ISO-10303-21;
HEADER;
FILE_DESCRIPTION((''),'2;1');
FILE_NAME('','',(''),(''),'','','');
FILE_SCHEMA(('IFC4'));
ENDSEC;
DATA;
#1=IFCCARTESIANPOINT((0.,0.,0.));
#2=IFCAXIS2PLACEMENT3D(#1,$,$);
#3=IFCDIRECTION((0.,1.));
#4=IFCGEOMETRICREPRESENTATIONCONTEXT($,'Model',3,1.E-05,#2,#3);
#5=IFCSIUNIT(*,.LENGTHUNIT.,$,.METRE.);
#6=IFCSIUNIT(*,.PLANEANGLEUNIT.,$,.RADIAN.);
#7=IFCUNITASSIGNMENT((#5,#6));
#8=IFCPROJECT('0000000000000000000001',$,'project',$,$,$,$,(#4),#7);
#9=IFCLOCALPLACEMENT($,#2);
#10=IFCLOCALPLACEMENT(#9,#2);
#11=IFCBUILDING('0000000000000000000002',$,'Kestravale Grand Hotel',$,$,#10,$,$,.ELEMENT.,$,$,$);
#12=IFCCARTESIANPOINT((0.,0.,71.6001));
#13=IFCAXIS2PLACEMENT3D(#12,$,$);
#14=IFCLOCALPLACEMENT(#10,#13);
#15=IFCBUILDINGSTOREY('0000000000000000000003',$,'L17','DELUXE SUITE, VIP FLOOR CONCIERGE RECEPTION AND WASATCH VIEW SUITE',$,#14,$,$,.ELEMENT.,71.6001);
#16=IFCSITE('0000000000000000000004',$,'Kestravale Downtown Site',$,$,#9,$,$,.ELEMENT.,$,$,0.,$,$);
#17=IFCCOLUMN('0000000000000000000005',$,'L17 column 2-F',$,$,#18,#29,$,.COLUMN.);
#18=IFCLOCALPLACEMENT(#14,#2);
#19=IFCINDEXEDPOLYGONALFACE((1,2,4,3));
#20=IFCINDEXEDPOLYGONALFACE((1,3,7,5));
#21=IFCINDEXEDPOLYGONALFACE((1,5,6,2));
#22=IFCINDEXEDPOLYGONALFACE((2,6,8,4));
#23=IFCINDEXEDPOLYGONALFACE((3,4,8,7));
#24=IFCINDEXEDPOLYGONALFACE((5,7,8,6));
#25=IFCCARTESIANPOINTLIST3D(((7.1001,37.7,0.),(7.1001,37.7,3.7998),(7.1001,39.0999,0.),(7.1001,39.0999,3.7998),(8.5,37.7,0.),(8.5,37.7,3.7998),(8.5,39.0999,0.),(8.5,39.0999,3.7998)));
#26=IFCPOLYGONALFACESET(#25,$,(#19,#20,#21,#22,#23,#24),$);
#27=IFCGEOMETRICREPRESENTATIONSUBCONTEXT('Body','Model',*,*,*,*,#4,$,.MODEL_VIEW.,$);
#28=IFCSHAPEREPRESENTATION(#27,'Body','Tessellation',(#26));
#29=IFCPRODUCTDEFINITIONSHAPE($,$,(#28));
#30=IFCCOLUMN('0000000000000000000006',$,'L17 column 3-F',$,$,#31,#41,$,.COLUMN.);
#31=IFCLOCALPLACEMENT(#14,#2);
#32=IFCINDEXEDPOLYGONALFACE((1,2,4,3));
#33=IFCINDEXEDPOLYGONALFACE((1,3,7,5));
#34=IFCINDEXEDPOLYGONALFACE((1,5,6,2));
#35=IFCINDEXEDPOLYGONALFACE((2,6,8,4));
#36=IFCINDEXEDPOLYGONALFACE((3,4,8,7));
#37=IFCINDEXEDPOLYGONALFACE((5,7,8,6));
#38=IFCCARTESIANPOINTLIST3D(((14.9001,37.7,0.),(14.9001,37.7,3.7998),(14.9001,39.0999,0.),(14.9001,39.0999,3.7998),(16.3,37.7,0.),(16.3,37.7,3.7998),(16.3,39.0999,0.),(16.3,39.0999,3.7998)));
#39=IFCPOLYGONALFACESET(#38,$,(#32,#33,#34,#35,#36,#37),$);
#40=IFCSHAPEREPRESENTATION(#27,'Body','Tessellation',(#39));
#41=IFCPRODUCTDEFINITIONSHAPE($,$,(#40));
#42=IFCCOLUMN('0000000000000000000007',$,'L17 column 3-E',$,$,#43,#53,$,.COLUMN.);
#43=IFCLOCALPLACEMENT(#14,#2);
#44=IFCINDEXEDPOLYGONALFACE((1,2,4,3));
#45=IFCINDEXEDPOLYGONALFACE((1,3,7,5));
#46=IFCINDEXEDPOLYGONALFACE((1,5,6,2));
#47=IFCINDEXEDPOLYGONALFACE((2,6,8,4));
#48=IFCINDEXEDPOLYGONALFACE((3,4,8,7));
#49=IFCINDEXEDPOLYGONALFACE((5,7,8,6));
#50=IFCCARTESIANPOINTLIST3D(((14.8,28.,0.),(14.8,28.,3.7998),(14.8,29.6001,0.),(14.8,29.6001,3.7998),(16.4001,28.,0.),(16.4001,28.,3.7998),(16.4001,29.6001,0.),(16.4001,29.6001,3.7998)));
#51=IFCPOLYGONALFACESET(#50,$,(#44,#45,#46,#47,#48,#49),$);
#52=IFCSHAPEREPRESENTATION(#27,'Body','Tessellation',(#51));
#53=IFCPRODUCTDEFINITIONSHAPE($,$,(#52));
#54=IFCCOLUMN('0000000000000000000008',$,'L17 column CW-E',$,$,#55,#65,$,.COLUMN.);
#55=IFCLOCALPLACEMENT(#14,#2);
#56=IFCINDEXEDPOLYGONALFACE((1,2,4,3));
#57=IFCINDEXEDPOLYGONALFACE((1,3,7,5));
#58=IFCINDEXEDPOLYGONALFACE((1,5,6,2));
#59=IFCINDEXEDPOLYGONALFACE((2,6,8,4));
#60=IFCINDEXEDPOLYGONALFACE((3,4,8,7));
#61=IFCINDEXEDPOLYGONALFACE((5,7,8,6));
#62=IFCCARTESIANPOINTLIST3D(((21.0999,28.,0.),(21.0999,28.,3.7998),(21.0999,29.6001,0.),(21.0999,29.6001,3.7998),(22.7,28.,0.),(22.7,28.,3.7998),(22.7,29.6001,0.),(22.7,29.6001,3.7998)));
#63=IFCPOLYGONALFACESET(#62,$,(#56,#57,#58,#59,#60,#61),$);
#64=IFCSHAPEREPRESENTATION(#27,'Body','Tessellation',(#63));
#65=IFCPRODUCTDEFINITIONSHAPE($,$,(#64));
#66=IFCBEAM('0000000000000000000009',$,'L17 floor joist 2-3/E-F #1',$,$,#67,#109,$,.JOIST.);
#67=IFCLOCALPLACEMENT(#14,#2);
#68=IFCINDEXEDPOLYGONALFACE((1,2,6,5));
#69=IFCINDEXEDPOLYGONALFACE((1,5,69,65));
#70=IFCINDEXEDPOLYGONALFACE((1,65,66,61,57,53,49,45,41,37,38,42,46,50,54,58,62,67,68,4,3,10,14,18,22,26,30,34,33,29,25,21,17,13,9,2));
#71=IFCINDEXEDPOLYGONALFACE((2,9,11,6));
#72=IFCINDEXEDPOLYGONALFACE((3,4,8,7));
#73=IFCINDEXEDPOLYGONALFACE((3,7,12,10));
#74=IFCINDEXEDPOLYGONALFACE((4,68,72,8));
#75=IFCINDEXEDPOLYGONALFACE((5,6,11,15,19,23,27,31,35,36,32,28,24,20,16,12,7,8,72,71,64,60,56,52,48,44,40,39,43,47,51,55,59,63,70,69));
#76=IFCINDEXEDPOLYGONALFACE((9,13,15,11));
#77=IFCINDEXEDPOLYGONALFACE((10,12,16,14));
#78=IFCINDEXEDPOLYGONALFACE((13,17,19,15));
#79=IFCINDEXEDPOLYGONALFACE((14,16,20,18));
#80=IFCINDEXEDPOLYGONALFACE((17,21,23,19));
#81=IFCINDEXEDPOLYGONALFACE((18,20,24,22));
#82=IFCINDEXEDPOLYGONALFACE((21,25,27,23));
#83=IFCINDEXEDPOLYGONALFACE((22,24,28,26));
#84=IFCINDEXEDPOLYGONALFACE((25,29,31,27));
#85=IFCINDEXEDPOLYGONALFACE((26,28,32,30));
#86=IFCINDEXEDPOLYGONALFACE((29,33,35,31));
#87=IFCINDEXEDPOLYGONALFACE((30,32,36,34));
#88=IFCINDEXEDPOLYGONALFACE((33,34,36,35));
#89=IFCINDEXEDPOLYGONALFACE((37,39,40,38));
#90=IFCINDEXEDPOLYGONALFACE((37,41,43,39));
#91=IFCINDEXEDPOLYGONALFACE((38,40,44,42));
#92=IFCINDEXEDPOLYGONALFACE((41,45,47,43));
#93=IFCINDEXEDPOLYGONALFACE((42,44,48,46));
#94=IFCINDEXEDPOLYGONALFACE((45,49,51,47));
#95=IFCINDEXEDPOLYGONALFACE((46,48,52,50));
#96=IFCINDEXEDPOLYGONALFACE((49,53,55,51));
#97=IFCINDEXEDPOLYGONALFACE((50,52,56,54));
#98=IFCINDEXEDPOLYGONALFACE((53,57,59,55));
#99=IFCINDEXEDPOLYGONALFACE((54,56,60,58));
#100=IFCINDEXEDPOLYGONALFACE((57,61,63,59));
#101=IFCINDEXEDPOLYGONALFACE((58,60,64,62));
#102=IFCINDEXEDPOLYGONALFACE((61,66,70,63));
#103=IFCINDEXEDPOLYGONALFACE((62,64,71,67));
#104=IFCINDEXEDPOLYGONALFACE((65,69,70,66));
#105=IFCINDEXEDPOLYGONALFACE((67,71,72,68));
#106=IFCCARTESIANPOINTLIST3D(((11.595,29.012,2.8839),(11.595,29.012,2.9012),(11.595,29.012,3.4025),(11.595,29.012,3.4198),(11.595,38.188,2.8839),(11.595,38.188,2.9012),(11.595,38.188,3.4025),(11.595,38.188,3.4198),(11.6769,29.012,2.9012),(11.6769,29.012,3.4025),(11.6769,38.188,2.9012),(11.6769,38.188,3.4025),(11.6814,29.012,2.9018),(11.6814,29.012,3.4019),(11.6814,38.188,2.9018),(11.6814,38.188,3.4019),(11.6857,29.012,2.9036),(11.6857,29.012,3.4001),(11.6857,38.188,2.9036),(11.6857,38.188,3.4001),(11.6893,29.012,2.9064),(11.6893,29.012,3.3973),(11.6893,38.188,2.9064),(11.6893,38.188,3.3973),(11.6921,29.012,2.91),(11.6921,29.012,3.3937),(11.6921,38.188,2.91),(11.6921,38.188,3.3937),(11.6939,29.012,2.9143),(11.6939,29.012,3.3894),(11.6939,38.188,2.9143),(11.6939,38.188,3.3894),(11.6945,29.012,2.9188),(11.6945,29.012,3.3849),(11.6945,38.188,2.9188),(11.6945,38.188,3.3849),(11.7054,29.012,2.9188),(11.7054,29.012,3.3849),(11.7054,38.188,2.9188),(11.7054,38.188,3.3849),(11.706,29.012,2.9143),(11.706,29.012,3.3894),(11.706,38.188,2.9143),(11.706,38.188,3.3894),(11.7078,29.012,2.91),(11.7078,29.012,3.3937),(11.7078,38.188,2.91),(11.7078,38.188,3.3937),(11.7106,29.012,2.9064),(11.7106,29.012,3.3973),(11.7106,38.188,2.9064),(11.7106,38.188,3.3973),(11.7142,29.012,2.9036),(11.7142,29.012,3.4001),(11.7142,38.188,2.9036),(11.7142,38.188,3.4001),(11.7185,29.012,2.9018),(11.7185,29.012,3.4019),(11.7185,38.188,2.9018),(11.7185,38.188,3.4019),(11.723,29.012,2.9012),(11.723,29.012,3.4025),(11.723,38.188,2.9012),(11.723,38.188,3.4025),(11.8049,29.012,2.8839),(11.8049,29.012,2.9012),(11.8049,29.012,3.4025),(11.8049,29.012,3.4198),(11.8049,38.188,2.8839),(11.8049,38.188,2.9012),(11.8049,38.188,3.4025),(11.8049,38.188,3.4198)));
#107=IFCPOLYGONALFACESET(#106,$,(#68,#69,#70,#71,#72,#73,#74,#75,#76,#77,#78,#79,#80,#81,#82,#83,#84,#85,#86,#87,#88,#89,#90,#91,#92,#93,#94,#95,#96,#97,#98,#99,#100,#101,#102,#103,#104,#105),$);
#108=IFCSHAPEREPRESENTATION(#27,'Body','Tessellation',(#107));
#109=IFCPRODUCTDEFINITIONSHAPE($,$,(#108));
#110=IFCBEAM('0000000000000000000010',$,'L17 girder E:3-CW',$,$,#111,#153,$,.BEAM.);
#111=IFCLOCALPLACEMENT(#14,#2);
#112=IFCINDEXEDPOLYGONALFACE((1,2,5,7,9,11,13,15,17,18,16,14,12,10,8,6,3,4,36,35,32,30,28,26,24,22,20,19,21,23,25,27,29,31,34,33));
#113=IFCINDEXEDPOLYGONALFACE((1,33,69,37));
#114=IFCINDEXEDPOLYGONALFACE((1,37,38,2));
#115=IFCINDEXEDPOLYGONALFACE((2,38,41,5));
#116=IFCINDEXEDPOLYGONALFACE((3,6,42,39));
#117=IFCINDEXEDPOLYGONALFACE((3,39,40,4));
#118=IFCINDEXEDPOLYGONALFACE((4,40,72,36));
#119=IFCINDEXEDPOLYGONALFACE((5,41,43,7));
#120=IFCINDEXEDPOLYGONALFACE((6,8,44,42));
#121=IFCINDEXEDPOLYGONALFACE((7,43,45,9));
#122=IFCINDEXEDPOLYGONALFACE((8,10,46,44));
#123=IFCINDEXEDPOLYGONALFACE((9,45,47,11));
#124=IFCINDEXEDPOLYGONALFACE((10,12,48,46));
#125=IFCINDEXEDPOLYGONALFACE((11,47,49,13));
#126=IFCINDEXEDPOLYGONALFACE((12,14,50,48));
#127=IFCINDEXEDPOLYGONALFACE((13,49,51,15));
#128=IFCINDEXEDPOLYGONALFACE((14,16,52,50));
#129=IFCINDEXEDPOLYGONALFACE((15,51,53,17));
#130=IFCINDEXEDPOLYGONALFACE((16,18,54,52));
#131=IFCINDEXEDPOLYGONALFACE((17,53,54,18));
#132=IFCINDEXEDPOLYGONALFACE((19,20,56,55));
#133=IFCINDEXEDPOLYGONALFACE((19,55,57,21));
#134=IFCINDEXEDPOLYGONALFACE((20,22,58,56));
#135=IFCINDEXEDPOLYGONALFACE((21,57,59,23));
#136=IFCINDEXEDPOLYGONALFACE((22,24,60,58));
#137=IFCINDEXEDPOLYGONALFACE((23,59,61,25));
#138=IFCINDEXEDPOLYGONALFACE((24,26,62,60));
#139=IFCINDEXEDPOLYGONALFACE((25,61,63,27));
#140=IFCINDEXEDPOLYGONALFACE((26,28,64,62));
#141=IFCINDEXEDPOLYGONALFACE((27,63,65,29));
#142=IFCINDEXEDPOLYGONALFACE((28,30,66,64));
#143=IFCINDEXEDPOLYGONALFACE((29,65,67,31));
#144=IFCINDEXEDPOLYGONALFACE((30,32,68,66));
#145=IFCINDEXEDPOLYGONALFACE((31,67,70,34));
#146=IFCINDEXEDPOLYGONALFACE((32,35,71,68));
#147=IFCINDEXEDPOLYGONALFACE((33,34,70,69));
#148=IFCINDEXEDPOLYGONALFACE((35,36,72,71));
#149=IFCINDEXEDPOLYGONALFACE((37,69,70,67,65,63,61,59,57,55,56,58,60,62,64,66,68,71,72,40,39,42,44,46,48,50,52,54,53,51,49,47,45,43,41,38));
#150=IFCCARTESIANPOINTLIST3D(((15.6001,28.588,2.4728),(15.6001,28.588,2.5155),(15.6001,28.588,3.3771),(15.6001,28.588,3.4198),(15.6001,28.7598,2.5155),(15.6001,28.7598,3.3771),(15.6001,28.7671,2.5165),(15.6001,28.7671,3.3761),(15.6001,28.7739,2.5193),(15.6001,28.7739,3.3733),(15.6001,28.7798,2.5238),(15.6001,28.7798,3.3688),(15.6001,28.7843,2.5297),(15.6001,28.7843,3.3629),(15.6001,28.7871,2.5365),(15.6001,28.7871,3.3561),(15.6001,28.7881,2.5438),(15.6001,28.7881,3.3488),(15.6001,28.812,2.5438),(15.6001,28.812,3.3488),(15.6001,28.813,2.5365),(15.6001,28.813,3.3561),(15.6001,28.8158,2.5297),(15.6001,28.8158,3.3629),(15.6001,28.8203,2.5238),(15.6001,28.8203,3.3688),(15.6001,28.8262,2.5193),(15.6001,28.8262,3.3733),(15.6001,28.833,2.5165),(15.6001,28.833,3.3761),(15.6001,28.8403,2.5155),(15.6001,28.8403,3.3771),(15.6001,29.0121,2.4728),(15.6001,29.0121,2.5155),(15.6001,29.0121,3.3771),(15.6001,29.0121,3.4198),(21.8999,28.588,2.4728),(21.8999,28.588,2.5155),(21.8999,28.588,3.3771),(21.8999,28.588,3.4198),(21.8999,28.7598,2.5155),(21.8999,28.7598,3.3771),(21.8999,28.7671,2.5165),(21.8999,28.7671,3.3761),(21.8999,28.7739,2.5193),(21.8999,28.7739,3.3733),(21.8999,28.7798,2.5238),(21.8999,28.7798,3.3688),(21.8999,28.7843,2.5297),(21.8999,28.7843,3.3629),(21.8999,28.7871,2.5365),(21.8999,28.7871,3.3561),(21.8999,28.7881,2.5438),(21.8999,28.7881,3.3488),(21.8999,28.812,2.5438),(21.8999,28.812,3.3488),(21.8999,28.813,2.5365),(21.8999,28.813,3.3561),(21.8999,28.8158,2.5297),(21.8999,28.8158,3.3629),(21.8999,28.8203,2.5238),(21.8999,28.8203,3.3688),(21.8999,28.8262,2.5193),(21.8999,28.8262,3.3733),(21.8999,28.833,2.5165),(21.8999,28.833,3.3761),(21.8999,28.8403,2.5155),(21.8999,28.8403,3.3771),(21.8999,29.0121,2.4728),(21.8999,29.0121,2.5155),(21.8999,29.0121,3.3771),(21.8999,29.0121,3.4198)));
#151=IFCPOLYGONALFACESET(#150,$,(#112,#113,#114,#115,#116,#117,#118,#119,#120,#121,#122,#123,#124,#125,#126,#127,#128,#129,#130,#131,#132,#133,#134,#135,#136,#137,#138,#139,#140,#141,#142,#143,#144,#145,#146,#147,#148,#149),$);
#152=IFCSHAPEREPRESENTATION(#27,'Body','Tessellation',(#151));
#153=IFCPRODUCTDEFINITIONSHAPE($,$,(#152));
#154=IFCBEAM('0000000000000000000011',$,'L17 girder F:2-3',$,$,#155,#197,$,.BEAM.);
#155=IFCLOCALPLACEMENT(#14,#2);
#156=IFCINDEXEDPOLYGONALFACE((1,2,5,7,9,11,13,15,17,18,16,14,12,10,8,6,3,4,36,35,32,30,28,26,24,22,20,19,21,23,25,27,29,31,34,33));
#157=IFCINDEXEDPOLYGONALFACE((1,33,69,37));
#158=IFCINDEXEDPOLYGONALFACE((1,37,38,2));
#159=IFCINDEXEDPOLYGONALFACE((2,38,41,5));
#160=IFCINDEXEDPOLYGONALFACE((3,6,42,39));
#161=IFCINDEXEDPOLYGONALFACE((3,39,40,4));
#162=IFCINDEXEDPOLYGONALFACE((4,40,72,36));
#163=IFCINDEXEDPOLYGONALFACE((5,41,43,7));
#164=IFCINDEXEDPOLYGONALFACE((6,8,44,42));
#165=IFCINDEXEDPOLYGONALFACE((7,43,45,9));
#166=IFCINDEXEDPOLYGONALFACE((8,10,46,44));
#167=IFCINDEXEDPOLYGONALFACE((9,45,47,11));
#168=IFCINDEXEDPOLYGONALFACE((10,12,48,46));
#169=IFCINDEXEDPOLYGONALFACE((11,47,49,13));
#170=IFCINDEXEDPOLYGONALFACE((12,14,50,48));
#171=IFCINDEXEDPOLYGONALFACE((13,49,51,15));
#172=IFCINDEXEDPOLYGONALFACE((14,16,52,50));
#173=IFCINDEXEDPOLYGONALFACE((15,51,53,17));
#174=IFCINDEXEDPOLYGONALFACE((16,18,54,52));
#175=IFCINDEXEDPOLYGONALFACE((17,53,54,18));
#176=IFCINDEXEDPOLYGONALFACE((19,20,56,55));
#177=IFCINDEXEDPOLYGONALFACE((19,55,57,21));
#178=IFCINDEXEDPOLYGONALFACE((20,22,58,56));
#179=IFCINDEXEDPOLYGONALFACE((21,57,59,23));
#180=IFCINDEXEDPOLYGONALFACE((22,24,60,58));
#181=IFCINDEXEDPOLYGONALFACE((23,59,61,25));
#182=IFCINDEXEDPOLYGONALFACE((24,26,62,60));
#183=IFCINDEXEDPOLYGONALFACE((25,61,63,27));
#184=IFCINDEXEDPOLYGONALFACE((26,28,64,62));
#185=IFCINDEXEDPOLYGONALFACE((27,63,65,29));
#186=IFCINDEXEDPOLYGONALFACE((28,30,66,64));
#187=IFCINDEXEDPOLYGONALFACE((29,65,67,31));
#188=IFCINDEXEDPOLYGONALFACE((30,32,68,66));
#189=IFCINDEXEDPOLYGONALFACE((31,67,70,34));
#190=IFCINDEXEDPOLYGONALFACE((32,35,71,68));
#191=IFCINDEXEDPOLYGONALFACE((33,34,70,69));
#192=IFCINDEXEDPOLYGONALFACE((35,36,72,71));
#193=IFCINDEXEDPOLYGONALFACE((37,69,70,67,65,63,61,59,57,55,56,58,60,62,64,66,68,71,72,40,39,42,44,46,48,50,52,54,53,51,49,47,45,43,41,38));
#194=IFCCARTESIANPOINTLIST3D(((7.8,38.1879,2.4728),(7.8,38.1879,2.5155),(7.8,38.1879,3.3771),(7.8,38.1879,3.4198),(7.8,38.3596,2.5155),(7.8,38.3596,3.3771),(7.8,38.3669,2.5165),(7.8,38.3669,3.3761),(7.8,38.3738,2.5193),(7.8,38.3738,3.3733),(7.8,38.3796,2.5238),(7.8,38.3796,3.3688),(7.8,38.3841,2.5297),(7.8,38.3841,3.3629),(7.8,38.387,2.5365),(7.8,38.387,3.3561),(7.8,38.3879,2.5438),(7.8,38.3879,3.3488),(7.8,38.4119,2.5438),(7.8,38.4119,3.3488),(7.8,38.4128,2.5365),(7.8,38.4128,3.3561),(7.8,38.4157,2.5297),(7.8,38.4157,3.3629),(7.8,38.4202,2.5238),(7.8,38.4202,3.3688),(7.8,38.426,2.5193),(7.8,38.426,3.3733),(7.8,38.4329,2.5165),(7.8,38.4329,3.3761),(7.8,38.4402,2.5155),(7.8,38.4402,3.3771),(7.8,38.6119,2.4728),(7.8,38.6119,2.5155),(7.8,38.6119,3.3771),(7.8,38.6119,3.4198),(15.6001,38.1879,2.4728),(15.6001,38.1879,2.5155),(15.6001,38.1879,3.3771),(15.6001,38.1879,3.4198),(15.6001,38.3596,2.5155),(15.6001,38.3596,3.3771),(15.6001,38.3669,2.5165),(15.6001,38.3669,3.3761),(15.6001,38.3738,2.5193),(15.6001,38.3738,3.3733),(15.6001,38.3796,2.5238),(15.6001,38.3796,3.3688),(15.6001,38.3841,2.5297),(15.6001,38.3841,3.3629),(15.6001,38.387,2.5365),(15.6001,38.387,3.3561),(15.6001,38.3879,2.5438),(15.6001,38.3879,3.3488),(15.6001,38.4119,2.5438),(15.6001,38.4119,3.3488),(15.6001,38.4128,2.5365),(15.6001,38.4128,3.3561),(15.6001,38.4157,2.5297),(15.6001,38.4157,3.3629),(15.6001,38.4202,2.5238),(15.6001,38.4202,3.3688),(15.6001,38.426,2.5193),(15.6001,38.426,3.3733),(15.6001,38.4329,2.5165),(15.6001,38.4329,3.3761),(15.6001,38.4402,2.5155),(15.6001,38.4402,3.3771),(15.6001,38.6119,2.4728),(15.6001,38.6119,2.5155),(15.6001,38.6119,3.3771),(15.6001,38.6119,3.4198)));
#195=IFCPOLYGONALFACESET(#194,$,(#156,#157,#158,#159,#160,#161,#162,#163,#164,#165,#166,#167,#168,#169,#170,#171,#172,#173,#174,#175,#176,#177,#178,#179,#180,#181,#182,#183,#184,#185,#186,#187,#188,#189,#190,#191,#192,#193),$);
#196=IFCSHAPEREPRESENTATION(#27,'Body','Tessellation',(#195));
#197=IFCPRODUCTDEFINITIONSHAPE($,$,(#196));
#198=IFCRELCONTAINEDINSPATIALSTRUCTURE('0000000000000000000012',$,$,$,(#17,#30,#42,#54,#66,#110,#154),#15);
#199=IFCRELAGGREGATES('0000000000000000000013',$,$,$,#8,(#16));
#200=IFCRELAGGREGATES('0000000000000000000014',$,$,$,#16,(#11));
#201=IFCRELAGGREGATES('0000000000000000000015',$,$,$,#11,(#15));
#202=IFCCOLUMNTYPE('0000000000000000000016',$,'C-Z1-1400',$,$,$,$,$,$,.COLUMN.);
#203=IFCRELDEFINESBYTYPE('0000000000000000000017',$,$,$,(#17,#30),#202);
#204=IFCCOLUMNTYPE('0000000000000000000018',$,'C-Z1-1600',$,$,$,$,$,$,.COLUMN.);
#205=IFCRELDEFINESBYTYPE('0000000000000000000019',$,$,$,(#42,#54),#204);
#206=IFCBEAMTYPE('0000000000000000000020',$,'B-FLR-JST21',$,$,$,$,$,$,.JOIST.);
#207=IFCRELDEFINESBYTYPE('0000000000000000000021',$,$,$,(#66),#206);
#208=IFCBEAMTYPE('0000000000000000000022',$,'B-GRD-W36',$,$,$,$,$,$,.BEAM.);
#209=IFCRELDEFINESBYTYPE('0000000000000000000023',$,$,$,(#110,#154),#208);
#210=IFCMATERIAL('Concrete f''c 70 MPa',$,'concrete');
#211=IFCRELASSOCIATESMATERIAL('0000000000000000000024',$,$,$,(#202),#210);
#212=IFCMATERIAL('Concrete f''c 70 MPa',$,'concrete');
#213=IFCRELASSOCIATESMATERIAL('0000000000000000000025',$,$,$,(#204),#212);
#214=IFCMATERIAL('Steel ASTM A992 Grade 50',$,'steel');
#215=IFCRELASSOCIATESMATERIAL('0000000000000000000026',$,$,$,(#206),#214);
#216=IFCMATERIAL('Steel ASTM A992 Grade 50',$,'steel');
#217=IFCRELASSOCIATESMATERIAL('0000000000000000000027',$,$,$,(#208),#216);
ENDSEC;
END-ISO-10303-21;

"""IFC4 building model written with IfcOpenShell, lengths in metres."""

from ifc_helpers import new_model, si_unit, direction, frame, origin, origin_2d, place, context, subcontext, project, spatial, rectangle, i_section, extrude, material, material_profile, profile_set, type_object, element, save


model = new_model("IFC4")

# Units and contexts
model_context = context("Model", 3, precision=1e-05, world=origin(), true_north=direction((0.0, 1.0)))
body_context = subcontext(model_context, "Body", "Model", "MODEL_VIEW")
ifc_project = project(units=[si_unit("LENGTHUNIT", "METRE"), si_unit("PLANEANGLEUNIT", "RADIAN")], contexts=[model_context])

# Site, building, storey
site_placement = place(None, origin())
site = spatial("IfcSite", under=ifc_project, at=site_placement, Name="Kestravale Downtown Site", CompositionType="ELEMENT", RefElevation=0.0)
building_placement = place(site_placement, origin())
building = spatial("IfcBuilding", under=site, at=building_placement, Name="Kestravale Grand Hotel", CompositionType="ELEMENT")
storey_placement = place(building_placement, frame((0.0, 0.0, 71.6001)))
storey = spatial("IfcBuildingStorey", under=building, at=storey_placement, Name="L17", Description="DELUXE SUITE, VIP FLOOR CONCIERGE RECEPTION AND WASATCH VIEW SUITE", CompositionType="ELEMENT", Elevation=71.6001)

# Columns
ifc_material_1 = material(Name="Concrete f'c 70 MPa", Category="concrete")
ifc_material_profile_1 = material_profile(ifc_material_1, rectangle(XDim=1.3999, YDim=1.3999, at=origin_2d()))
ifc_profile_set_1 = profile_set([ifc_material_profile_1], Name="Concrete f'c 70 MPa")
column_type_1 = type_object("IfcColumnType", Name="C-Z1-1400", PredefinedType="COLUMN", material=ifc_profile_set_1)
for number, where, z_axis, x_axis, name in (
    (1, (7.8, 38.3999, 0.0), (0.0, 0.0, 1.0), (1.0, 0.0, 0.0), "L17 column 2-F"),
    (2, (15.6001, 38.3999, 0.0), (0.0, 0.0, 1.0), (1.0, 0.0, 0.0), "L17 column 3-F"),
):
    element("IfcColumn", number, at=place(storey_placement, frame(where, z_axis=z_axis, x_axis=x_axis)), inside=storey, type_object=column_type_1, Name=name, PredefinedType="COLUMN", context=body_context, shape_type="SweptSolid", body=[
        extrude(rectangle(XDim=1.3999, YDim=1.3999, at=origin_2d()), origin(), (0.0, 0.0, 1.0), 3.7998),
    ])
ifc_material_2 = material(Name="Concrete f'c 70 MPa", Category="concrete")
ifc_material_profile_2 = material_profile(ifc_material_2, rectangle(XDim=1.6001, YDim=1.6001, at=origin_2d()))
ifc_profile_set_2 = profile_set([ifc_material_profile_2], Name="Concrete f'c 70 MPa")
column_type_2 = type_object("IfcColumnType", Name="C-Z1-1600", PredefinedType="COLUMN", material=ifc_profile_set_2)
for number, where, z_axis, x_axis, name in (
    (3, (15.6001, 28.8, 0.0), (0.0, 0.0, 1.0), (1.0, 0.0, 0.0), "L17 column 3-E"),
    (4, (21.8999, 28.8, 0.0), (0.0, 0.0, 1.0), (1.0, 0.0, 0.0), "L17 column CW-E"),
):
    element("IfcColumn", number, at=place(storey_placement, frame(where, z_axis=z_axis, x_axis=x_axis)), inside=storey, type_object=column_type_2, Name=name, PredefinedType="COLUMN", context=body_context, shape_type="SweptSolid", body=[
        extrude(rectangle(XDim=1.6001, YDim=1.6001, at=origin_2d()), origin(), (0.0, 0.0, 1.0), 3.7998),
    ])

# Beams
ifc_material_3 = material(Name="Steel ASTM A992 Grade 50", Category="steel")
ifc_material_profile_3 = material_profile(ifc_material_3, i_section(OverallWidth=0.21, OverallDepth=0.5359, WebThickness=0.011, FlangeThickness=0.0173, FilletRadius=0.0176, at=origin_2d()))
ifc_profile_set_3 = profile_set([ifc_material_profile_3], Name="Steel ASTM A992 Grade 50")
beam_type_1 = type_object("IfcBeamType", Name="B-FLR-JST21", PredefinedType="JOIST", material=ifc_profile_set_3)
beam_1_placement = place(storey_placement, frame((11.7, 29.012, 3.1519), z_axis=(0.0, 1.0, 0.0), x_axis=(-1.0, 0.0, 0.0)))
element("IfcBeam", 5, at=beam_1_placement, inside=storey, type_object=beam_type_1, Name="L17 floor joist 2-3/E-F #1", PredefinedType="JOIST", context=body_context, shape_type="SweptSolid", body=[
    extrude(i_section(OverallWidth=0.21, OverallDepth=0.5359, WebThickness=0.011, FlangeThickness=0.0173, FilletRadius=0.0176, at=origin_2d()), origin(), (0.0, 0.0, 1.0), 9.176),
])
ifc_material_4 = material(Name="Steel ASTM A992 Grade 50", Category="steel")
ifc_material_profile_4 = material_profile(ifc_material_4, i_section(OverallWidth=0.4241, OverallDepth=0.947, WebThickness=0.0239, FlangeThickness=0.0427, FilletRadius=0.0283, at=origin_2d()))
ifc_profile_set_4 = profile_set([ifc_material_profile_4], Name="Steel ASTM A992 Grade 50")
beam_type_2 = type_object("IfcBeamType", Name="B-GRD-W36", PredefinedType="BEAM", material=ifc_profile_set_4)
beam_2_placement = place(storey_placement, frame((15.6001, 28.8, 2.9463), z_axis=(1.0, 0.0, 0.0), x_axis=(0.0, 1.0, 0.0)))
element("IfcBeam", 6, at=beam_2_placement, inside=storey, type_object=beam_type_2, Name="L17 girder E:3-CW", PredefinedType="BEAM", context=body_context, shape_type="SweptSolid", body=[
    extrude(i_section(OverallWidth=0.4241, OverallDepth=0.947, WebThickness=0.0239, FlangeThickness=0.0427, FilletRadius=0.0283, at=origin_2d()), origin(), (0.0, 0.0, 1.0), 6.2998),
])
beam_3_placement = place(storey_placement, frame((7.8, 38.3999, 2.9463), z_axis=(1.0, 0.0, 0.0), x_axis=(0.0, 1.0, 0.0)))
element("IfcBeam", 7, at=beam_3_placement, inside=storey, type_object=beam_type_2, Name="L17 girder F:2-3", PredefinedType="BEAM", context=body_context, shape_type="SweptSolid", body=[
    extrude(i_section(OverallWidth=0.4241, OverallDepth=0.947, WebThickness=0.0239, FlangeThickness=0.0427, FilletRadius=0.0283, at=origin_2d()), origin(), (0.0, 0.0, 1.0), 7.8),
])

save(model, "model.ifc")
